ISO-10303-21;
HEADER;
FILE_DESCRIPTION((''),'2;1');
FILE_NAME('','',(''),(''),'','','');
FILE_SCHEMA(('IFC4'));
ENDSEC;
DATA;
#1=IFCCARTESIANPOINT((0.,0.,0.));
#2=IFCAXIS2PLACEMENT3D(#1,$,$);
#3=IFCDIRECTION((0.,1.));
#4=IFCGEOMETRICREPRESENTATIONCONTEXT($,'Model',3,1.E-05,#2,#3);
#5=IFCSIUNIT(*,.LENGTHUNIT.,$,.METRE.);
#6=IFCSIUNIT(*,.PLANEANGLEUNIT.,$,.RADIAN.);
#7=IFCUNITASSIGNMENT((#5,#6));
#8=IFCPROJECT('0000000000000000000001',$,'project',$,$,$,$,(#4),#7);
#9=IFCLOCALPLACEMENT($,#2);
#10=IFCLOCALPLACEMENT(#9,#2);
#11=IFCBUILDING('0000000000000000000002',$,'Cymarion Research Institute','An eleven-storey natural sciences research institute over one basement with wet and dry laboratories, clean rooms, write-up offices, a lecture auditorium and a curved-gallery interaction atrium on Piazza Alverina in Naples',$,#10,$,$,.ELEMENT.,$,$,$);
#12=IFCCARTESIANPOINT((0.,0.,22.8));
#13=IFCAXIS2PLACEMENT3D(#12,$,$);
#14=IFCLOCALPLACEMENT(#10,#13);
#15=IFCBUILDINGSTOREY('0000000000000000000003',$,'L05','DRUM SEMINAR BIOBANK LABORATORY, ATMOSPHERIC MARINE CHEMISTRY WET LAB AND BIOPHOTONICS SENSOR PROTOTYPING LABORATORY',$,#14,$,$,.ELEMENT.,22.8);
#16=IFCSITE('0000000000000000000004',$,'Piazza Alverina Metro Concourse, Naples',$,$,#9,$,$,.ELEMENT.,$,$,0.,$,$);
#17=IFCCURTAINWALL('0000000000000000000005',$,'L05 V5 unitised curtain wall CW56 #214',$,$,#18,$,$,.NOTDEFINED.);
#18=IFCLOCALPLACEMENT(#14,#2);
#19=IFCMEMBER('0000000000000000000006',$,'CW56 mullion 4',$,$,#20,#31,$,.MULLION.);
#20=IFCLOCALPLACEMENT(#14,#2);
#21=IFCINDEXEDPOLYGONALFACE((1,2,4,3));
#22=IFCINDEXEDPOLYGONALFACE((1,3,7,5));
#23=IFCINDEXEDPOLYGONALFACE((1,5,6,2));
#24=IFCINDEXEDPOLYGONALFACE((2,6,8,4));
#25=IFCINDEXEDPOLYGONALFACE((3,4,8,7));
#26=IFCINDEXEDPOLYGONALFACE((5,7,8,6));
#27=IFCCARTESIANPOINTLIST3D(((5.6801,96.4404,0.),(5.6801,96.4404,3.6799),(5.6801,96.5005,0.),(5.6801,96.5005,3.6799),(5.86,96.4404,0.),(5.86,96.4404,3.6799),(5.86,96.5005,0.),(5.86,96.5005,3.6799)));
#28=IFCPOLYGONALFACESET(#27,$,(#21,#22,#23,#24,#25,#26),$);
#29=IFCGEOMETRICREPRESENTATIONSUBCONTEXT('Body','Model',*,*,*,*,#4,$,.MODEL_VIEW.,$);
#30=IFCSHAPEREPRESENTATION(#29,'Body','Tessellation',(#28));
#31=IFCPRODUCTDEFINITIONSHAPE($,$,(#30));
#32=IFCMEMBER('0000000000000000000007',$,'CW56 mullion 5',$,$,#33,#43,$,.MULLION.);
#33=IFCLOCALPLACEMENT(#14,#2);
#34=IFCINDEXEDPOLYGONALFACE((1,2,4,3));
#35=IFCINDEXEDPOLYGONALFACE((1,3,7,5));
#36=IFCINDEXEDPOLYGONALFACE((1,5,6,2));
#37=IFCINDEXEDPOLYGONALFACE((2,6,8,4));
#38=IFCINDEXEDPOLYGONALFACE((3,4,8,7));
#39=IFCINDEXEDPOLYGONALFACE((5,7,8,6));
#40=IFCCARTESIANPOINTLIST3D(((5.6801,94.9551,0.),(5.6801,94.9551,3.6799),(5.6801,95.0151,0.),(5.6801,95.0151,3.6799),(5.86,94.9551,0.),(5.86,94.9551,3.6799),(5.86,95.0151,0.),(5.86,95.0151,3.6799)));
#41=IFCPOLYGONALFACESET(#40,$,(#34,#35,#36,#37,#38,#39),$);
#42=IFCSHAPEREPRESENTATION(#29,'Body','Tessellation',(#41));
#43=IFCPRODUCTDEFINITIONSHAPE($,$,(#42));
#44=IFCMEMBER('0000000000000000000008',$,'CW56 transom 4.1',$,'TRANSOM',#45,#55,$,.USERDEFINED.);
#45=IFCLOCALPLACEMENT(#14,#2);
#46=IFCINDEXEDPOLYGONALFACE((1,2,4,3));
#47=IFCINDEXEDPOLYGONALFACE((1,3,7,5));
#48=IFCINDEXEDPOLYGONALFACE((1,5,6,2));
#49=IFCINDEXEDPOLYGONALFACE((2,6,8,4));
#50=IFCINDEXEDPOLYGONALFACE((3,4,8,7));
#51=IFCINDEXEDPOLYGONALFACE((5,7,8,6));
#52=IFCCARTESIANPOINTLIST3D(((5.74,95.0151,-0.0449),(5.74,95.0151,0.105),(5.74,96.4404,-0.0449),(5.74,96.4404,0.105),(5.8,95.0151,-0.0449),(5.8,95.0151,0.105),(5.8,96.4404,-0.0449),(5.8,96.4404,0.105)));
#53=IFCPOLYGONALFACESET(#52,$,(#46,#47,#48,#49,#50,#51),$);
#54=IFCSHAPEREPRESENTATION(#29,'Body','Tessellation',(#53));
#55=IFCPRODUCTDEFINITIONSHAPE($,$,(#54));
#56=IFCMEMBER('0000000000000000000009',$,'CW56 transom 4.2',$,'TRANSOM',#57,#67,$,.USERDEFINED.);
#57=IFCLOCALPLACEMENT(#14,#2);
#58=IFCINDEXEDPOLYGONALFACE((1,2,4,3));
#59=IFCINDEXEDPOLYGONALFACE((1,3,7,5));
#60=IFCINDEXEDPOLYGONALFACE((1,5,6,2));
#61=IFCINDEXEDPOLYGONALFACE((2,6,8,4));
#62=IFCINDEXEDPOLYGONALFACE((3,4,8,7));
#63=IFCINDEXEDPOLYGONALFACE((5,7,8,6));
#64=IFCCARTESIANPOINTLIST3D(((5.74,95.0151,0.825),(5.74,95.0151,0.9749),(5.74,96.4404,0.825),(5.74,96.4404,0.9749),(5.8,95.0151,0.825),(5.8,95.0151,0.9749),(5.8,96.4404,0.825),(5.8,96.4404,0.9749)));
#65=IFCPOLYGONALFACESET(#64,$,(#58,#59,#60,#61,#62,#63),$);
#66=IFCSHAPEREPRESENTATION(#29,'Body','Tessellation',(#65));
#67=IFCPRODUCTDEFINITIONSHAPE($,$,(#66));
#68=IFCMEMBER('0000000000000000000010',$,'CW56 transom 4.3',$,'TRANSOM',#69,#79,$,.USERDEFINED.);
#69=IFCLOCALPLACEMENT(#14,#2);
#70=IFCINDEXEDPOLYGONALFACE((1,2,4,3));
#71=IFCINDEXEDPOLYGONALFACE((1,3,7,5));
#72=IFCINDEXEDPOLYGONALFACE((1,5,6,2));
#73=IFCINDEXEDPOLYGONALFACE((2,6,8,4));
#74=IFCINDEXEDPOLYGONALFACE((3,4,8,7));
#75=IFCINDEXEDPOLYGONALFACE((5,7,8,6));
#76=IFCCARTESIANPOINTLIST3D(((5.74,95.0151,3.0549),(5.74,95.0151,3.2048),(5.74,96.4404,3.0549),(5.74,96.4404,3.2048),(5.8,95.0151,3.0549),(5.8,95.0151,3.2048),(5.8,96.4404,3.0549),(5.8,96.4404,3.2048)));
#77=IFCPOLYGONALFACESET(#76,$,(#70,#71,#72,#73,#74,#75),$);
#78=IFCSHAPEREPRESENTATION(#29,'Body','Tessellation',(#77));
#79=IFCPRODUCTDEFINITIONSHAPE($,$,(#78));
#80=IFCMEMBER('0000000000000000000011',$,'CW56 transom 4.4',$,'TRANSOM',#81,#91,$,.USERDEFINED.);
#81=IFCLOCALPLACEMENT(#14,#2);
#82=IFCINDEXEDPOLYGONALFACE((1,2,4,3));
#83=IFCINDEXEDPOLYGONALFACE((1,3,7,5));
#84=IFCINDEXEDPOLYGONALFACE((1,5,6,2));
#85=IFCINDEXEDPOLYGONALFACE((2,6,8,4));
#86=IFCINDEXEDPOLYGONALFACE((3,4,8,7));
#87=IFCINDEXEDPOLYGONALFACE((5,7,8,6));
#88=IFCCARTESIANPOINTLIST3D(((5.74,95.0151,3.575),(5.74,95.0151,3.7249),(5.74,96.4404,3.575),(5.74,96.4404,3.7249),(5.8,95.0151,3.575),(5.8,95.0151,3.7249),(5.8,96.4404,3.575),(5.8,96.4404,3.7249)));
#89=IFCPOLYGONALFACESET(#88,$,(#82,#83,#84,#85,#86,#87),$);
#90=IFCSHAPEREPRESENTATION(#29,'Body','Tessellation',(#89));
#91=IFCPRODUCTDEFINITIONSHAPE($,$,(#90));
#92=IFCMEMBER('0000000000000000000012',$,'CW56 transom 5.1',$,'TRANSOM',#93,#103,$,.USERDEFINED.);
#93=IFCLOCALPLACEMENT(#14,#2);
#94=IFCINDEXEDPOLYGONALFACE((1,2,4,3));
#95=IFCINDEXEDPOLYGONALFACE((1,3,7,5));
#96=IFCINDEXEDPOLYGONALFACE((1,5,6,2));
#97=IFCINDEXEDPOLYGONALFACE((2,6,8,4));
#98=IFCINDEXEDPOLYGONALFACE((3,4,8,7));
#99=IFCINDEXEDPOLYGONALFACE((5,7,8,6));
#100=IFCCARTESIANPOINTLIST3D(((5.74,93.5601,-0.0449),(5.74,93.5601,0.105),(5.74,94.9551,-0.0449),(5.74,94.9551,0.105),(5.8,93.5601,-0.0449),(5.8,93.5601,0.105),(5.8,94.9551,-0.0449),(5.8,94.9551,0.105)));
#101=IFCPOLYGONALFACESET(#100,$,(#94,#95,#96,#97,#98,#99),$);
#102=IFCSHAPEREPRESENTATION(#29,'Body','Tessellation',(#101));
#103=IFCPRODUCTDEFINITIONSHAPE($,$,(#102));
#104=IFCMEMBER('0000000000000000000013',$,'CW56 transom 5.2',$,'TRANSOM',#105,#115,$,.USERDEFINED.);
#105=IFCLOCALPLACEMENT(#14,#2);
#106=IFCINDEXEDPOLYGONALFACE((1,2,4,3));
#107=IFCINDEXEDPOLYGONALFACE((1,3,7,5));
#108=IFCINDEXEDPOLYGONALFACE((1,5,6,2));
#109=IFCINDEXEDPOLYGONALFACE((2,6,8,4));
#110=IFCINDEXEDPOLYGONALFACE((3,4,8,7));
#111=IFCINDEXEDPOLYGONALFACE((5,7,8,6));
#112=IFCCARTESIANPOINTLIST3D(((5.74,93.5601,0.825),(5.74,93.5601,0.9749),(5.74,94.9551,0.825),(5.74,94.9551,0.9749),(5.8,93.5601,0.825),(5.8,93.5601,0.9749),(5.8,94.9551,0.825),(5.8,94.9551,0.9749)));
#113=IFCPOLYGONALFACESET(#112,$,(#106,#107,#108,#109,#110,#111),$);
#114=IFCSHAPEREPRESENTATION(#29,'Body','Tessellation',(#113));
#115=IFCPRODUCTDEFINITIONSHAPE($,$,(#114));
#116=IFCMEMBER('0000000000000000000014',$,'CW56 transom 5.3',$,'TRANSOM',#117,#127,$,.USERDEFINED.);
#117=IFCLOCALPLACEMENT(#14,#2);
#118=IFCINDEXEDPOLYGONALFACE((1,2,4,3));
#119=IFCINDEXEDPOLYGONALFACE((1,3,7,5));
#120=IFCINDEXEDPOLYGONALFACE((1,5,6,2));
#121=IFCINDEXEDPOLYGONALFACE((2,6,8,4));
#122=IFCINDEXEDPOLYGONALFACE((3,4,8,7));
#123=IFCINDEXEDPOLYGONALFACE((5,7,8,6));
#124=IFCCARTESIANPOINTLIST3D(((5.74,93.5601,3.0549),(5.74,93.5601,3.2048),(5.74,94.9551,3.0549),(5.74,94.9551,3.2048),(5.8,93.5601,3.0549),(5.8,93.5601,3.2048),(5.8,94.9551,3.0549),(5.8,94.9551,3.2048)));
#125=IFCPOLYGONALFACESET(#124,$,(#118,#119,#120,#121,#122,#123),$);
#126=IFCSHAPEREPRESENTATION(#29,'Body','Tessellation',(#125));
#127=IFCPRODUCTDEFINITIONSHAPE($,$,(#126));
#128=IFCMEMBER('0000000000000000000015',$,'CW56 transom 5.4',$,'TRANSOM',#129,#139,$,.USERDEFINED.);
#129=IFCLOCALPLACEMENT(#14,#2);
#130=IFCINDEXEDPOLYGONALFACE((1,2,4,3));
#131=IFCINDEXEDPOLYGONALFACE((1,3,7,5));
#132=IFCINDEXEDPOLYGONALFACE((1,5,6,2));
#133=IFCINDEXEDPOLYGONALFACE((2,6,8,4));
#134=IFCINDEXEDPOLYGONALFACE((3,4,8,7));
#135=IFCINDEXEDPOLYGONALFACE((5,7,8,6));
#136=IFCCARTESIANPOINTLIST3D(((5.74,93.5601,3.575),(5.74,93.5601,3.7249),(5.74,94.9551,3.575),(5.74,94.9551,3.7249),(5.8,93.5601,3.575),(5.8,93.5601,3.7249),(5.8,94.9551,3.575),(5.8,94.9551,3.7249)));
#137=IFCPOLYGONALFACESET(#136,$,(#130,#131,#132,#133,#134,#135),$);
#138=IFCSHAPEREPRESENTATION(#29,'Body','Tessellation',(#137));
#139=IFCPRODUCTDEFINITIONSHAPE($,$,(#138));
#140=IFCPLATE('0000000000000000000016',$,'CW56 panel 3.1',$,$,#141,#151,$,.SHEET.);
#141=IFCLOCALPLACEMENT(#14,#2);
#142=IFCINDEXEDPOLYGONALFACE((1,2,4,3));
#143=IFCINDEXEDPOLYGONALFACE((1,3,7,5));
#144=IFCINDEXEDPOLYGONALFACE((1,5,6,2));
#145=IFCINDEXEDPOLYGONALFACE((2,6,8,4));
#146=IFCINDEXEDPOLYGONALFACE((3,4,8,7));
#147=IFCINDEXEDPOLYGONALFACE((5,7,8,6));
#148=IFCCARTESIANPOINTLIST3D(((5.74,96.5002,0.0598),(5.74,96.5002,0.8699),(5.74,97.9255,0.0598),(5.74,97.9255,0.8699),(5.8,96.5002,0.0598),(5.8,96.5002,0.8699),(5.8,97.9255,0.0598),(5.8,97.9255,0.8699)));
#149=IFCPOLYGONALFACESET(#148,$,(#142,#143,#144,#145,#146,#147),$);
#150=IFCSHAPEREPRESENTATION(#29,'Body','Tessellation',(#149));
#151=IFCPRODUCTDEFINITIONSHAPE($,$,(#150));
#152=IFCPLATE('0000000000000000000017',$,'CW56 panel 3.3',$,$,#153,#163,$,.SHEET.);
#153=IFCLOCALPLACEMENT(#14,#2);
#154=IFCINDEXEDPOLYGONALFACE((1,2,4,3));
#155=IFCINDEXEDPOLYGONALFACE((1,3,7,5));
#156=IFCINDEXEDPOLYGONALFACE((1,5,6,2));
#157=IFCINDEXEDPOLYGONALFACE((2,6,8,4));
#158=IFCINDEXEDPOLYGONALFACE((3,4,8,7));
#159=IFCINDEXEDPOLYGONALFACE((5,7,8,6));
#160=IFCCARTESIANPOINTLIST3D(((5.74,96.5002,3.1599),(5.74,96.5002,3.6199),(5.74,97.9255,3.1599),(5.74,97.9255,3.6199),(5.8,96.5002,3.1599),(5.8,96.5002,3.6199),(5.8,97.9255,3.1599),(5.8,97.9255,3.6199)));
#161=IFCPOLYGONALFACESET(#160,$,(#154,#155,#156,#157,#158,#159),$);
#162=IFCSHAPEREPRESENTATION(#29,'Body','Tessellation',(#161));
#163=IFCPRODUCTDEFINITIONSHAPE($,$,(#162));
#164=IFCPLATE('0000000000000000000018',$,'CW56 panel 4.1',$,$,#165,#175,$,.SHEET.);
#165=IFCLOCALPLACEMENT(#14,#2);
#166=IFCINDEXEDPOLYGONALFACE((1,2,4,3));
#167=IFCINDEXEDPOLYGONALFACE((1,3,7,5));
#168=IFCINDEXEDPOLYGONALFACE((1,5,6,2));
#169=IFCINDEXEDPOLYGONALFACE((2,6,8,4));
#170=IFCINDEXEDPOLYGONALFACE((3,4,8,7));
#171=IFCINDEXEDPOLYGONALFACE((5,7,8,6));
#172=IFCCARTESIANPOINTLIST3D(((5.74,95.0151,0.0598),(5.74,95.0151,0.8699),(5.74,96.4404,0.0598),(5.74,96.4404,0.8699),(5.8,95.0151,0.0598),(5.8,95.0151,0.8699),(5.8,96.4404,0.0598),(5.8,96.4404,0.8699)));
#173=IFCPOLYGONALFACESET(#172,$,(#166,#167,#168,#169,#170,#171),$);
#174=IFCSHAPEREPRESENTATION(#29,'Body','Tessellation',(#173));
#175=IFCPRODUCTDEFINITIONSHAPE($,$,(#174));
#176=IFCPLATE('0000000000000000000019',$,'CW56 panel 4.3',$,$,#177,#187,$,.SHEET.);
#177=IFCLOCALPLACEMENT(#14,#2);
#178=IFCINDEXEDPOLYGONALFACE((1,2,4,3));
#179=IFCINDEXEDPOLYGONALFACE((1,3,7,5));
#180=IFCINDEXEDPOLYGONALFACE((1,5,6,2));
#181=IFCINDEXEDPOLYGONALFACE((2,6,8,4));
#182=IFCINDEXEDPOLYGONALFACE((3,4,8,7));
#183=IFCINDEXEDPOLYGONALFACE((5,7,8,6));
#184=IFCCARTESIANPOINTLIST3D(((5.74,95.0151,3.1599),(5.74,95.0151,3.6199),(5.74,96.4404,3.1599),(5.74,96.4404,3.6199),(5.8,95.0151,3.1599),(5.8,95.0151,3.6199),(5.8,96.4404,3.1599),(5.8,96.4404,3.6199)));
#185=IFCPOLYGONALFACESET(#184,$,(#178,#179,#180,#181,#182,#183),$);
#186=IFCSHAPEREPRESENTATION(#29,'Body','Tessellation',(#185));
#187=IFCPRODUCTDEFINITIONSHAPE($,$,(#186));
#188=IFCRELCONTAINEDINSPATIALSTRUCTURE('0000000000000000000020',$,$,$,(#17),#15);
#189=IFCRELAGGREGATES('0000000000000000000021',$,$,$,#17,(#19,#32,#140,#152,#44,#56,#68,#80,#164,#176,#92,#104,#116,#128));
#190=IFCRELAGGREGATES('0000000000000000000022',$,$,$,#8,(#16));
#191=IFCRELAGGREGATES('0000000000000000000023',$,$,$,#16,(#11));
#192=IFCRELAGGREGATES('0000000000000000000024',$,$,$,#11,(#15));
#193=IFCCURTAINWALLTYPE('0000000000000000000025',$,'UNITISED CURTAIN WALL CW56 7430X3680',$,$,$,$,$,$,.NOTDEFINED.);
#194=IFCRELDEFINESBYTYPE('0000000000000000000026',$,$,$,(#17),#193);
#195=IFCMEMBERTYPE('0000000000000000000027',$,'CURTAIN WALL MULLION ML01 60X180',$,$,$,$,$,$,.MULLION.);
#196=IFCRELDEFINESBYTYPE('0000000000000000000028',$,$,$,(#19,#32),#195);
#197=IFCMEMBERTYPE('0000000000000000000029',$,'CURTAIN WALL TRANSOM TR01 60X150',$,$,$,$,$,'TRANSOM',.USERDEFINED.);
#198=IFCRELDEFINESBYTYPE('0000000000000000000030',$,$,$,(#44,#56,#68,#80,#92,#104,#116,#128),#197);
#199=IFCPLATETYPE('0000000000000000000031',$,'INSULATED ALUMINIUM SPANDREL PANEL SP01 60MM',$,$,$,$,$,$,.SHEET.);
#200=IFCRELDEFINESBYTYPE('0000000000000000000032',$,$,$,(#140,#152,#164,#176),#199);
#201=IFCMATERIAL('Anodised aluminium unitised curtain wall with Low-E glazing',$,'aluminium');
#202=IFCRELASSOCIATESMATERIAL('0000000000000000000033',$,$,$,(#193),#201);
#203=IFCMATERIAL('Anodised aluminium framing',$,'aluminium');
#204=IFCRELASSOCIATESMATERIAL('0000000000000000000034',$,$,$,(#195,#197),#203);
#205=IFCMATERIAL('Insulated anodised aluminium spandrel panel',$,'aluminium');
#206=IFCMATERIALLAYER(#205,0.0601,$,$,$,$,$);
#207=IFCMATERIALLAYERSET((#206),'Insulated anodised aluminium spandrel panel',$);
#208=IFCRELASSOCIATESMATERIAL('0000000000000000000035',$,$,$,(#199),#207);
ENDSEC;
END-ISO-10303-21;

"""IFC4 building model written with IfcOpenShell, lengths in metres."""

from ifc_helpers import new_model, si_unit, direction, frame, origin, origin_2d, place, context, subcontext, project, spatial, rectangle, extrude, material, layer, layer_set, material_profile, profile_set, type_object, element, aggregate, save


model = new_model("IFC4")

# Units and contexts
model_context = context("Model", 3, precision=1e-05, world=origin(), true_north=direction((0.0, 1.0)))
body_context = subcontext(model_context, "Body", "Model", "MODEL_VIEW")
ifc_project = project(units=[si_unit("LENGTHUNIT", "METRE"), si_unit("PLANEANGLEUNIT", "RADIAN")], contexts=[model_context])

# Site, building, storey
site_placement = place(None, origin())
site = spatial("IfcSite", under=ifc_project, at=site_placement, Name="Piazza Alverina Metro Concourse, Naples", CompositionType="ELEMENT", RefElevation=0.0)
building_placement = place(site_placement, origin())
building = spatial("IfcBuilding", under=site, at=building_placement, Name="Cymarion Research Institute", Description="An eleven-storey natural sciences research institute over one basement with wet and dry laboratories, clean rooms, write-up offices, a lecture auditorium and a curved-gallery interaction atrium on Piazza Alverina in Naples", CompositionType="ELEMENT")
storey_placement = place(building_placement, frame((0.0, 0.0, 22.8)))
storey = spatial("IfcBuildingStorey", under=building, at=storey_placement, Name="L05", Description="DRUM SEMINAR BIOBANK LABORATORY, ATMOSPHERIC MARINE CHEMISTRY WET LAB AND BIOPHOTONICS SENSOR PROTOTYPING LABORATORY", CompositionType="ELEMENT", Elevation=22.8)

# Curtain wall, members, plates
ifc_material_1 = material(Name="Anodised aluminium unitised curtain wall with Low-E glazing", Category="aluminium")
curtain_wall_type = type_object("IfcCurtainWallType", Name="UNITISED CURTAIN WALL CW56 7430X3680", PredefinedType="NOTDEFINED", material=ifc_material_1)
curtain_wall_placement = place(storey_placement, origin())
curtain_wall = element("IfcCurtainWall", 1, at=curtain_wall_placement, inside=storey, type_object=curtain_wall_type, Name="L05 V5 unitised curtain wall CW56 #214", PredefinedType="NOTDEFINED")
ifc_material_2 = material(Name="Anodised aluminium framing", Category="aluminium")
ifc_material_profile_1 = material_profile(ifc_material_2, rectangle(XDim=0.0601, YDim=0.1799, at=origin_2d()), Name="ALU MULLION 60x180")
ifc_profile_set_1 = profile_set([ifc_material_profile_1], Name="Anodised aluminium framing")
member_type_1 = type_object("IfcMemberType", Name="CURTAIN WALL MULLION ML01 60X180", PredefinedType="MULLION", material=ifc_profile_set_1)
member_1_placement = place(storey_placement, frame((5.77, 96.4705, 0.0), z_axis=(0.0, 0.0, 1.0), x_axis=(0.0, -1.0, 0.0)))
member_1 = element("IfcMember", 2, at=member_1_placement, type_object=member_type_1, Name="CW56 mullion 4", PredefinedType="MULLION", context=body_context, shape_type="SweptSolid", body=[
    extrude(rectangle(XDim=0.0601, YDim=0.1799, at=origin_2d()), origin(), (0.0, 0.0, 1.0), 3.6799),
])
member_2_placement = place(storey_placement, frame((5.77, 94.9851, 0.0), z_axis=(0.0, 0.0, 1.0), x_axis=(0.0, -1.0, 0.0)))
member_2 = element("IfcMember", 3, at=member_2_placement, type_object=member_type_1, Name="CW56 mullion 5", PredefinedType="MULLION", context=body_context, shape_type="SweptSolid", body=[
    extrude(rectangle(XDim=0.0601, YDim=0.1799, at=origin_2d()), origin(), (0.0, 0.0, 1.0), 3.6799),
])
ifc_material_profile_2 = material_profile(ifc_material_2, rectangle(XDim=0.0601, YDim=0.1499, at=origin_2d()), Name="ALU TRANSOM 60x150")
ifc_profile_set_2 = profile_set([ifc_material_profile_2], Name="Anodised aluminium framing")
member_type_2 = type_object("IfcMemberType", Name="CURTAIN WALL TRANSOM TR01 60X150", ElementType="TRANSOM", PredefinedType="USERDEFINED", material=ifc_profile_set_2)
member_3_placement = place(storey_placement, frame((5.77, 96.4404, 0.03), z_axis=(0.0, -1.0, 0.0), x_axis=(1.0, 0.0, 0.0)))
member_3 = element("IfcMember", 4, at=member_3_placement, type_object=member_type_2, Name="CW56 transom 4.1", ObjectType="TRANSOM", PredefinedType="USERDEFINED", context=body_context, shape_type="SweptSolid", body=[
    extrude(rectangle(XDim=0.0601, YDim=0.1499, at=origin_2d()), origin(), (0.0, 0.0, 1.0), 1.4253),
])
member_4_placement = place(storey_placement, frame((5.77, 96.4404, 0.8999), z_axis=(0.0, -1.0, 0.0), x_axis=(1.0, 0.0, 0.0)))
member_4 = element("IfcMember", 5, at=member_4_placement, type_object=member_type_2, Name="CW56 transom 4.2", ObjectType="TRANSOM", PredefinedType="USERDEFINED", context=body_context, shape_type="SweptSolid", body=[
    extrude(rectangle(XDim=0.0601, YDim=0.1499, at=origin_2d()), origin(), (0.0, 0.0, 1.0), 1.4253),
])
member_5_placement = place(storey_placement, frame((5.77, 96.4404, 3.1299), z_axis=(0.0, -1.0, 0.0), x_axis=(1.0, 0.0, 0.0)))
member_5 = element("IfcMember", 6, at=member_5_placement, type_object=member_type_2, Name="CW56 transom 4.3", ObjectType="TRANSOM", PredefinedType="USERDEFINED", context=body_context, shape_type="SweptSolid", body=[
    extrude(rectangle(XDim=0.0601, YDim=0.1499, at=origin_2d()), origin(), (0.0, 0.0, 1.0), 1.4253),
])
member_6_placement = place(storey_placement, frame((5.77, 96.4404, 3.6499), z_axis=(0.0, -1.0, 0.0), x_axis=(1.0, 0.0, 0.0)))
member_6 = element("IfcMember", 7, at=member_6_placement, type_object=member_type_2, Name="CW56 transom 4.4", ObjectType="TRANSOM", PredefinedType="USERDEFINED", context=body_context, shape_type="SweptSolid", body=[
    extrude(rectangle(XDim=0.0601, YDim=0.1499, at=origin_2d()), origin(), (0.0, 0.0, 1.0), 1.4253),
])
member_7_placement = place(storey_placement, frame((5.77, 94.9551, 0.03), z_axis=(0.0, -1.0, 0.0), x_axis=(1.0, 0.0, 0.0)))
member_7 = element("IfcMember", 8, at=member_7_placement, type_object=member_type_2, Name="CW56 transom 5.1", ObjectType="TRANSOM", PredefinedType="USERDEFINED", context=body_context, shape_type="SweptSolid", body=[
    extrude(rectangle(XDim=0.0601, YDim=0.1499, at=origin_2d()), origin(), (0.0, 0.0, 1.0), 1.395),
])
member_8_placement = place(storey_placement, frame((5.77, 94.9551, 0.8999), z_axis=(0.0, -1.0, 0.0), x_axis=(1.0, 0.0, 0.0)))
member_8 = element("IfcMember", 9, at=member_8_placement, type_object=member_type_2, Name="CW56 transom 5.2", ObjectType="TRANSOM", PredefinedType="USERDEFINED", context=body_context, shape_type="SweptSolid", body=[
    extrude(rectangle(XDim=0.0601, YDim=0.1499, at=origin_2d()), origin(), (0.0, 0.0, 1.0), 1.395),
])
member_9_placement = place(storey_placement, frame((5.77, 94.9551, 3.1299), z_axis=(0.0, -1.0, 0.0), x_axis=(1.0, 0.0, 0.0)))
member_9 = element("IfcMember", 10, at=member_9_placement, type_object=member_type_2, Name="CW56 transom 5.3", ObjectType="TRANSOM", PredefinedType="USERDEFINED", context=body_context, shape_type="SweptSolid", body=[
    extrude(rectangle(XDim=0.0601, YDim=0.1499, at=origin_2d()), origin(), (0.0, 0.0, 1.0), 1.395),
])
member_10_placement = place(storey_placement, frame((5.77, 94.9551, 3.6499), z_axis=(0.0, -1.0, 0.0), x_axis=(1.0, 0.0, 0.0)))
member_10 = element("IfcMember", 11, at=member_10_placement, type_object=member_type_2, Name="CW56 transom 5.4", ObjectType="TRANSOM", PredefinedType="USERDEFINED", context=body_context, shape_type="SweptSolid", body=[
    extrude(rectangle(XDim=0.0601, YDim=0.1499, at=origin_2d()), origin(), (0.0, 0.0, 1.0), 1.395),
])
ifc_material_3 = material(Name="Insulated anodised aluminium spandrel panel", Category="aluminium")
ifc_layer_1 = layer(ifc_material_3, 0.0601)
ifc_layer_set_1 = layer_set([ifc_layer_1], Name="Insulated anodised aluminium spandrel panel")
plate_type_1 = type_object("IfcPlateType", Name="INSULATED ALUMINIUM SPANDREL PANEL SP01 60MM", PredefinedType="SHEET", material=ifc_layer_set_1)
plate_1_placement = place(storey_placement, frame((5.77, 97.2129, 0.0598), z_axis=(0.0, 0.0, 1.0), x_axis=(0.0, -1.0, 0.0)))
plate_1 = element("IfcPlate", 12, at=plate_1_placement, type_object=plate_type_1, Name="CW56 panel 3.1", PredefinedType="SHEET", context=body_context, shape_type="SweptSolid", body=[
    extrude(rectangle(XDim=1.4253, YDim=0.0601, at=origin_2d()), origin(), (0.0, 0.0, 1.0), 0.8101),
])
plate_2_placement = place(storey_placement, frame((5.77, 97.2129, 3.1599), z_axis=(0.0, 0.0, 1.0), x_axis=(0.0, -1.0, 0.0)))
plate_2 = element("IfcPlate", 13, at=plate_2_placement, type_object=plate_type_1, Name="CW56 panel 3.3", PredefinedType="SHEET", context=body_context, shape_type="SweptSolid", body=[
    extrude(rectangle(XDim=1.4253, YDim=0.0601, at=origin_2d()), origin(), (0.0, 0.0, 1.0), 0.46),
])
plate_3_placement = place(storey_placement, frame((5.77, 95.7278, 0.0598), z_axis=(0.0, 0.0, 1.0), x_axis=(0.0, -1.0, 0.0)))
plate_3 = element("IfcPlate", 14, at=plate_3_placement, type_object=plate_type_1, Name="CW56 panel 4.1", PredefinedType="SHEET", context=body_context, shape_type="SweptSolid", body=[
    extrude(rectangle(XDim=1.4253, YDim=0.0601, at=origin_2d()), origin(), (0.0, 0.0, 1.0), 0.8101),
])
plate_4_placement = place(storey_placement, frame((5.77, 95.7278, 3.1599), z_axis=(0.0, 0.0, 1.0), x_axis=(0.0, -1.0, 0.0)))
plate_4 = element("IfcPlate", 15, at=plate_4_placement, type_object=plate_type_1, Name="CW56 panel 4.3", PredefinedType="SHEET", context=body_context, shape_type="SweptSolid", body=[
    extrude(rectangle(XDim=1.4253, YDim=0.0601, at=origin_2d()), origin(), (0.0, 0.0, 1.0), 0.46),
])
aggregate(curtain_wall, [member_1, member_2, plate_1, plate_2, member_3, member_4, member_5, member_6, plate_3, plate_4, member_7, member_8, member_9, member_10])

save(model, "model.ifc")
